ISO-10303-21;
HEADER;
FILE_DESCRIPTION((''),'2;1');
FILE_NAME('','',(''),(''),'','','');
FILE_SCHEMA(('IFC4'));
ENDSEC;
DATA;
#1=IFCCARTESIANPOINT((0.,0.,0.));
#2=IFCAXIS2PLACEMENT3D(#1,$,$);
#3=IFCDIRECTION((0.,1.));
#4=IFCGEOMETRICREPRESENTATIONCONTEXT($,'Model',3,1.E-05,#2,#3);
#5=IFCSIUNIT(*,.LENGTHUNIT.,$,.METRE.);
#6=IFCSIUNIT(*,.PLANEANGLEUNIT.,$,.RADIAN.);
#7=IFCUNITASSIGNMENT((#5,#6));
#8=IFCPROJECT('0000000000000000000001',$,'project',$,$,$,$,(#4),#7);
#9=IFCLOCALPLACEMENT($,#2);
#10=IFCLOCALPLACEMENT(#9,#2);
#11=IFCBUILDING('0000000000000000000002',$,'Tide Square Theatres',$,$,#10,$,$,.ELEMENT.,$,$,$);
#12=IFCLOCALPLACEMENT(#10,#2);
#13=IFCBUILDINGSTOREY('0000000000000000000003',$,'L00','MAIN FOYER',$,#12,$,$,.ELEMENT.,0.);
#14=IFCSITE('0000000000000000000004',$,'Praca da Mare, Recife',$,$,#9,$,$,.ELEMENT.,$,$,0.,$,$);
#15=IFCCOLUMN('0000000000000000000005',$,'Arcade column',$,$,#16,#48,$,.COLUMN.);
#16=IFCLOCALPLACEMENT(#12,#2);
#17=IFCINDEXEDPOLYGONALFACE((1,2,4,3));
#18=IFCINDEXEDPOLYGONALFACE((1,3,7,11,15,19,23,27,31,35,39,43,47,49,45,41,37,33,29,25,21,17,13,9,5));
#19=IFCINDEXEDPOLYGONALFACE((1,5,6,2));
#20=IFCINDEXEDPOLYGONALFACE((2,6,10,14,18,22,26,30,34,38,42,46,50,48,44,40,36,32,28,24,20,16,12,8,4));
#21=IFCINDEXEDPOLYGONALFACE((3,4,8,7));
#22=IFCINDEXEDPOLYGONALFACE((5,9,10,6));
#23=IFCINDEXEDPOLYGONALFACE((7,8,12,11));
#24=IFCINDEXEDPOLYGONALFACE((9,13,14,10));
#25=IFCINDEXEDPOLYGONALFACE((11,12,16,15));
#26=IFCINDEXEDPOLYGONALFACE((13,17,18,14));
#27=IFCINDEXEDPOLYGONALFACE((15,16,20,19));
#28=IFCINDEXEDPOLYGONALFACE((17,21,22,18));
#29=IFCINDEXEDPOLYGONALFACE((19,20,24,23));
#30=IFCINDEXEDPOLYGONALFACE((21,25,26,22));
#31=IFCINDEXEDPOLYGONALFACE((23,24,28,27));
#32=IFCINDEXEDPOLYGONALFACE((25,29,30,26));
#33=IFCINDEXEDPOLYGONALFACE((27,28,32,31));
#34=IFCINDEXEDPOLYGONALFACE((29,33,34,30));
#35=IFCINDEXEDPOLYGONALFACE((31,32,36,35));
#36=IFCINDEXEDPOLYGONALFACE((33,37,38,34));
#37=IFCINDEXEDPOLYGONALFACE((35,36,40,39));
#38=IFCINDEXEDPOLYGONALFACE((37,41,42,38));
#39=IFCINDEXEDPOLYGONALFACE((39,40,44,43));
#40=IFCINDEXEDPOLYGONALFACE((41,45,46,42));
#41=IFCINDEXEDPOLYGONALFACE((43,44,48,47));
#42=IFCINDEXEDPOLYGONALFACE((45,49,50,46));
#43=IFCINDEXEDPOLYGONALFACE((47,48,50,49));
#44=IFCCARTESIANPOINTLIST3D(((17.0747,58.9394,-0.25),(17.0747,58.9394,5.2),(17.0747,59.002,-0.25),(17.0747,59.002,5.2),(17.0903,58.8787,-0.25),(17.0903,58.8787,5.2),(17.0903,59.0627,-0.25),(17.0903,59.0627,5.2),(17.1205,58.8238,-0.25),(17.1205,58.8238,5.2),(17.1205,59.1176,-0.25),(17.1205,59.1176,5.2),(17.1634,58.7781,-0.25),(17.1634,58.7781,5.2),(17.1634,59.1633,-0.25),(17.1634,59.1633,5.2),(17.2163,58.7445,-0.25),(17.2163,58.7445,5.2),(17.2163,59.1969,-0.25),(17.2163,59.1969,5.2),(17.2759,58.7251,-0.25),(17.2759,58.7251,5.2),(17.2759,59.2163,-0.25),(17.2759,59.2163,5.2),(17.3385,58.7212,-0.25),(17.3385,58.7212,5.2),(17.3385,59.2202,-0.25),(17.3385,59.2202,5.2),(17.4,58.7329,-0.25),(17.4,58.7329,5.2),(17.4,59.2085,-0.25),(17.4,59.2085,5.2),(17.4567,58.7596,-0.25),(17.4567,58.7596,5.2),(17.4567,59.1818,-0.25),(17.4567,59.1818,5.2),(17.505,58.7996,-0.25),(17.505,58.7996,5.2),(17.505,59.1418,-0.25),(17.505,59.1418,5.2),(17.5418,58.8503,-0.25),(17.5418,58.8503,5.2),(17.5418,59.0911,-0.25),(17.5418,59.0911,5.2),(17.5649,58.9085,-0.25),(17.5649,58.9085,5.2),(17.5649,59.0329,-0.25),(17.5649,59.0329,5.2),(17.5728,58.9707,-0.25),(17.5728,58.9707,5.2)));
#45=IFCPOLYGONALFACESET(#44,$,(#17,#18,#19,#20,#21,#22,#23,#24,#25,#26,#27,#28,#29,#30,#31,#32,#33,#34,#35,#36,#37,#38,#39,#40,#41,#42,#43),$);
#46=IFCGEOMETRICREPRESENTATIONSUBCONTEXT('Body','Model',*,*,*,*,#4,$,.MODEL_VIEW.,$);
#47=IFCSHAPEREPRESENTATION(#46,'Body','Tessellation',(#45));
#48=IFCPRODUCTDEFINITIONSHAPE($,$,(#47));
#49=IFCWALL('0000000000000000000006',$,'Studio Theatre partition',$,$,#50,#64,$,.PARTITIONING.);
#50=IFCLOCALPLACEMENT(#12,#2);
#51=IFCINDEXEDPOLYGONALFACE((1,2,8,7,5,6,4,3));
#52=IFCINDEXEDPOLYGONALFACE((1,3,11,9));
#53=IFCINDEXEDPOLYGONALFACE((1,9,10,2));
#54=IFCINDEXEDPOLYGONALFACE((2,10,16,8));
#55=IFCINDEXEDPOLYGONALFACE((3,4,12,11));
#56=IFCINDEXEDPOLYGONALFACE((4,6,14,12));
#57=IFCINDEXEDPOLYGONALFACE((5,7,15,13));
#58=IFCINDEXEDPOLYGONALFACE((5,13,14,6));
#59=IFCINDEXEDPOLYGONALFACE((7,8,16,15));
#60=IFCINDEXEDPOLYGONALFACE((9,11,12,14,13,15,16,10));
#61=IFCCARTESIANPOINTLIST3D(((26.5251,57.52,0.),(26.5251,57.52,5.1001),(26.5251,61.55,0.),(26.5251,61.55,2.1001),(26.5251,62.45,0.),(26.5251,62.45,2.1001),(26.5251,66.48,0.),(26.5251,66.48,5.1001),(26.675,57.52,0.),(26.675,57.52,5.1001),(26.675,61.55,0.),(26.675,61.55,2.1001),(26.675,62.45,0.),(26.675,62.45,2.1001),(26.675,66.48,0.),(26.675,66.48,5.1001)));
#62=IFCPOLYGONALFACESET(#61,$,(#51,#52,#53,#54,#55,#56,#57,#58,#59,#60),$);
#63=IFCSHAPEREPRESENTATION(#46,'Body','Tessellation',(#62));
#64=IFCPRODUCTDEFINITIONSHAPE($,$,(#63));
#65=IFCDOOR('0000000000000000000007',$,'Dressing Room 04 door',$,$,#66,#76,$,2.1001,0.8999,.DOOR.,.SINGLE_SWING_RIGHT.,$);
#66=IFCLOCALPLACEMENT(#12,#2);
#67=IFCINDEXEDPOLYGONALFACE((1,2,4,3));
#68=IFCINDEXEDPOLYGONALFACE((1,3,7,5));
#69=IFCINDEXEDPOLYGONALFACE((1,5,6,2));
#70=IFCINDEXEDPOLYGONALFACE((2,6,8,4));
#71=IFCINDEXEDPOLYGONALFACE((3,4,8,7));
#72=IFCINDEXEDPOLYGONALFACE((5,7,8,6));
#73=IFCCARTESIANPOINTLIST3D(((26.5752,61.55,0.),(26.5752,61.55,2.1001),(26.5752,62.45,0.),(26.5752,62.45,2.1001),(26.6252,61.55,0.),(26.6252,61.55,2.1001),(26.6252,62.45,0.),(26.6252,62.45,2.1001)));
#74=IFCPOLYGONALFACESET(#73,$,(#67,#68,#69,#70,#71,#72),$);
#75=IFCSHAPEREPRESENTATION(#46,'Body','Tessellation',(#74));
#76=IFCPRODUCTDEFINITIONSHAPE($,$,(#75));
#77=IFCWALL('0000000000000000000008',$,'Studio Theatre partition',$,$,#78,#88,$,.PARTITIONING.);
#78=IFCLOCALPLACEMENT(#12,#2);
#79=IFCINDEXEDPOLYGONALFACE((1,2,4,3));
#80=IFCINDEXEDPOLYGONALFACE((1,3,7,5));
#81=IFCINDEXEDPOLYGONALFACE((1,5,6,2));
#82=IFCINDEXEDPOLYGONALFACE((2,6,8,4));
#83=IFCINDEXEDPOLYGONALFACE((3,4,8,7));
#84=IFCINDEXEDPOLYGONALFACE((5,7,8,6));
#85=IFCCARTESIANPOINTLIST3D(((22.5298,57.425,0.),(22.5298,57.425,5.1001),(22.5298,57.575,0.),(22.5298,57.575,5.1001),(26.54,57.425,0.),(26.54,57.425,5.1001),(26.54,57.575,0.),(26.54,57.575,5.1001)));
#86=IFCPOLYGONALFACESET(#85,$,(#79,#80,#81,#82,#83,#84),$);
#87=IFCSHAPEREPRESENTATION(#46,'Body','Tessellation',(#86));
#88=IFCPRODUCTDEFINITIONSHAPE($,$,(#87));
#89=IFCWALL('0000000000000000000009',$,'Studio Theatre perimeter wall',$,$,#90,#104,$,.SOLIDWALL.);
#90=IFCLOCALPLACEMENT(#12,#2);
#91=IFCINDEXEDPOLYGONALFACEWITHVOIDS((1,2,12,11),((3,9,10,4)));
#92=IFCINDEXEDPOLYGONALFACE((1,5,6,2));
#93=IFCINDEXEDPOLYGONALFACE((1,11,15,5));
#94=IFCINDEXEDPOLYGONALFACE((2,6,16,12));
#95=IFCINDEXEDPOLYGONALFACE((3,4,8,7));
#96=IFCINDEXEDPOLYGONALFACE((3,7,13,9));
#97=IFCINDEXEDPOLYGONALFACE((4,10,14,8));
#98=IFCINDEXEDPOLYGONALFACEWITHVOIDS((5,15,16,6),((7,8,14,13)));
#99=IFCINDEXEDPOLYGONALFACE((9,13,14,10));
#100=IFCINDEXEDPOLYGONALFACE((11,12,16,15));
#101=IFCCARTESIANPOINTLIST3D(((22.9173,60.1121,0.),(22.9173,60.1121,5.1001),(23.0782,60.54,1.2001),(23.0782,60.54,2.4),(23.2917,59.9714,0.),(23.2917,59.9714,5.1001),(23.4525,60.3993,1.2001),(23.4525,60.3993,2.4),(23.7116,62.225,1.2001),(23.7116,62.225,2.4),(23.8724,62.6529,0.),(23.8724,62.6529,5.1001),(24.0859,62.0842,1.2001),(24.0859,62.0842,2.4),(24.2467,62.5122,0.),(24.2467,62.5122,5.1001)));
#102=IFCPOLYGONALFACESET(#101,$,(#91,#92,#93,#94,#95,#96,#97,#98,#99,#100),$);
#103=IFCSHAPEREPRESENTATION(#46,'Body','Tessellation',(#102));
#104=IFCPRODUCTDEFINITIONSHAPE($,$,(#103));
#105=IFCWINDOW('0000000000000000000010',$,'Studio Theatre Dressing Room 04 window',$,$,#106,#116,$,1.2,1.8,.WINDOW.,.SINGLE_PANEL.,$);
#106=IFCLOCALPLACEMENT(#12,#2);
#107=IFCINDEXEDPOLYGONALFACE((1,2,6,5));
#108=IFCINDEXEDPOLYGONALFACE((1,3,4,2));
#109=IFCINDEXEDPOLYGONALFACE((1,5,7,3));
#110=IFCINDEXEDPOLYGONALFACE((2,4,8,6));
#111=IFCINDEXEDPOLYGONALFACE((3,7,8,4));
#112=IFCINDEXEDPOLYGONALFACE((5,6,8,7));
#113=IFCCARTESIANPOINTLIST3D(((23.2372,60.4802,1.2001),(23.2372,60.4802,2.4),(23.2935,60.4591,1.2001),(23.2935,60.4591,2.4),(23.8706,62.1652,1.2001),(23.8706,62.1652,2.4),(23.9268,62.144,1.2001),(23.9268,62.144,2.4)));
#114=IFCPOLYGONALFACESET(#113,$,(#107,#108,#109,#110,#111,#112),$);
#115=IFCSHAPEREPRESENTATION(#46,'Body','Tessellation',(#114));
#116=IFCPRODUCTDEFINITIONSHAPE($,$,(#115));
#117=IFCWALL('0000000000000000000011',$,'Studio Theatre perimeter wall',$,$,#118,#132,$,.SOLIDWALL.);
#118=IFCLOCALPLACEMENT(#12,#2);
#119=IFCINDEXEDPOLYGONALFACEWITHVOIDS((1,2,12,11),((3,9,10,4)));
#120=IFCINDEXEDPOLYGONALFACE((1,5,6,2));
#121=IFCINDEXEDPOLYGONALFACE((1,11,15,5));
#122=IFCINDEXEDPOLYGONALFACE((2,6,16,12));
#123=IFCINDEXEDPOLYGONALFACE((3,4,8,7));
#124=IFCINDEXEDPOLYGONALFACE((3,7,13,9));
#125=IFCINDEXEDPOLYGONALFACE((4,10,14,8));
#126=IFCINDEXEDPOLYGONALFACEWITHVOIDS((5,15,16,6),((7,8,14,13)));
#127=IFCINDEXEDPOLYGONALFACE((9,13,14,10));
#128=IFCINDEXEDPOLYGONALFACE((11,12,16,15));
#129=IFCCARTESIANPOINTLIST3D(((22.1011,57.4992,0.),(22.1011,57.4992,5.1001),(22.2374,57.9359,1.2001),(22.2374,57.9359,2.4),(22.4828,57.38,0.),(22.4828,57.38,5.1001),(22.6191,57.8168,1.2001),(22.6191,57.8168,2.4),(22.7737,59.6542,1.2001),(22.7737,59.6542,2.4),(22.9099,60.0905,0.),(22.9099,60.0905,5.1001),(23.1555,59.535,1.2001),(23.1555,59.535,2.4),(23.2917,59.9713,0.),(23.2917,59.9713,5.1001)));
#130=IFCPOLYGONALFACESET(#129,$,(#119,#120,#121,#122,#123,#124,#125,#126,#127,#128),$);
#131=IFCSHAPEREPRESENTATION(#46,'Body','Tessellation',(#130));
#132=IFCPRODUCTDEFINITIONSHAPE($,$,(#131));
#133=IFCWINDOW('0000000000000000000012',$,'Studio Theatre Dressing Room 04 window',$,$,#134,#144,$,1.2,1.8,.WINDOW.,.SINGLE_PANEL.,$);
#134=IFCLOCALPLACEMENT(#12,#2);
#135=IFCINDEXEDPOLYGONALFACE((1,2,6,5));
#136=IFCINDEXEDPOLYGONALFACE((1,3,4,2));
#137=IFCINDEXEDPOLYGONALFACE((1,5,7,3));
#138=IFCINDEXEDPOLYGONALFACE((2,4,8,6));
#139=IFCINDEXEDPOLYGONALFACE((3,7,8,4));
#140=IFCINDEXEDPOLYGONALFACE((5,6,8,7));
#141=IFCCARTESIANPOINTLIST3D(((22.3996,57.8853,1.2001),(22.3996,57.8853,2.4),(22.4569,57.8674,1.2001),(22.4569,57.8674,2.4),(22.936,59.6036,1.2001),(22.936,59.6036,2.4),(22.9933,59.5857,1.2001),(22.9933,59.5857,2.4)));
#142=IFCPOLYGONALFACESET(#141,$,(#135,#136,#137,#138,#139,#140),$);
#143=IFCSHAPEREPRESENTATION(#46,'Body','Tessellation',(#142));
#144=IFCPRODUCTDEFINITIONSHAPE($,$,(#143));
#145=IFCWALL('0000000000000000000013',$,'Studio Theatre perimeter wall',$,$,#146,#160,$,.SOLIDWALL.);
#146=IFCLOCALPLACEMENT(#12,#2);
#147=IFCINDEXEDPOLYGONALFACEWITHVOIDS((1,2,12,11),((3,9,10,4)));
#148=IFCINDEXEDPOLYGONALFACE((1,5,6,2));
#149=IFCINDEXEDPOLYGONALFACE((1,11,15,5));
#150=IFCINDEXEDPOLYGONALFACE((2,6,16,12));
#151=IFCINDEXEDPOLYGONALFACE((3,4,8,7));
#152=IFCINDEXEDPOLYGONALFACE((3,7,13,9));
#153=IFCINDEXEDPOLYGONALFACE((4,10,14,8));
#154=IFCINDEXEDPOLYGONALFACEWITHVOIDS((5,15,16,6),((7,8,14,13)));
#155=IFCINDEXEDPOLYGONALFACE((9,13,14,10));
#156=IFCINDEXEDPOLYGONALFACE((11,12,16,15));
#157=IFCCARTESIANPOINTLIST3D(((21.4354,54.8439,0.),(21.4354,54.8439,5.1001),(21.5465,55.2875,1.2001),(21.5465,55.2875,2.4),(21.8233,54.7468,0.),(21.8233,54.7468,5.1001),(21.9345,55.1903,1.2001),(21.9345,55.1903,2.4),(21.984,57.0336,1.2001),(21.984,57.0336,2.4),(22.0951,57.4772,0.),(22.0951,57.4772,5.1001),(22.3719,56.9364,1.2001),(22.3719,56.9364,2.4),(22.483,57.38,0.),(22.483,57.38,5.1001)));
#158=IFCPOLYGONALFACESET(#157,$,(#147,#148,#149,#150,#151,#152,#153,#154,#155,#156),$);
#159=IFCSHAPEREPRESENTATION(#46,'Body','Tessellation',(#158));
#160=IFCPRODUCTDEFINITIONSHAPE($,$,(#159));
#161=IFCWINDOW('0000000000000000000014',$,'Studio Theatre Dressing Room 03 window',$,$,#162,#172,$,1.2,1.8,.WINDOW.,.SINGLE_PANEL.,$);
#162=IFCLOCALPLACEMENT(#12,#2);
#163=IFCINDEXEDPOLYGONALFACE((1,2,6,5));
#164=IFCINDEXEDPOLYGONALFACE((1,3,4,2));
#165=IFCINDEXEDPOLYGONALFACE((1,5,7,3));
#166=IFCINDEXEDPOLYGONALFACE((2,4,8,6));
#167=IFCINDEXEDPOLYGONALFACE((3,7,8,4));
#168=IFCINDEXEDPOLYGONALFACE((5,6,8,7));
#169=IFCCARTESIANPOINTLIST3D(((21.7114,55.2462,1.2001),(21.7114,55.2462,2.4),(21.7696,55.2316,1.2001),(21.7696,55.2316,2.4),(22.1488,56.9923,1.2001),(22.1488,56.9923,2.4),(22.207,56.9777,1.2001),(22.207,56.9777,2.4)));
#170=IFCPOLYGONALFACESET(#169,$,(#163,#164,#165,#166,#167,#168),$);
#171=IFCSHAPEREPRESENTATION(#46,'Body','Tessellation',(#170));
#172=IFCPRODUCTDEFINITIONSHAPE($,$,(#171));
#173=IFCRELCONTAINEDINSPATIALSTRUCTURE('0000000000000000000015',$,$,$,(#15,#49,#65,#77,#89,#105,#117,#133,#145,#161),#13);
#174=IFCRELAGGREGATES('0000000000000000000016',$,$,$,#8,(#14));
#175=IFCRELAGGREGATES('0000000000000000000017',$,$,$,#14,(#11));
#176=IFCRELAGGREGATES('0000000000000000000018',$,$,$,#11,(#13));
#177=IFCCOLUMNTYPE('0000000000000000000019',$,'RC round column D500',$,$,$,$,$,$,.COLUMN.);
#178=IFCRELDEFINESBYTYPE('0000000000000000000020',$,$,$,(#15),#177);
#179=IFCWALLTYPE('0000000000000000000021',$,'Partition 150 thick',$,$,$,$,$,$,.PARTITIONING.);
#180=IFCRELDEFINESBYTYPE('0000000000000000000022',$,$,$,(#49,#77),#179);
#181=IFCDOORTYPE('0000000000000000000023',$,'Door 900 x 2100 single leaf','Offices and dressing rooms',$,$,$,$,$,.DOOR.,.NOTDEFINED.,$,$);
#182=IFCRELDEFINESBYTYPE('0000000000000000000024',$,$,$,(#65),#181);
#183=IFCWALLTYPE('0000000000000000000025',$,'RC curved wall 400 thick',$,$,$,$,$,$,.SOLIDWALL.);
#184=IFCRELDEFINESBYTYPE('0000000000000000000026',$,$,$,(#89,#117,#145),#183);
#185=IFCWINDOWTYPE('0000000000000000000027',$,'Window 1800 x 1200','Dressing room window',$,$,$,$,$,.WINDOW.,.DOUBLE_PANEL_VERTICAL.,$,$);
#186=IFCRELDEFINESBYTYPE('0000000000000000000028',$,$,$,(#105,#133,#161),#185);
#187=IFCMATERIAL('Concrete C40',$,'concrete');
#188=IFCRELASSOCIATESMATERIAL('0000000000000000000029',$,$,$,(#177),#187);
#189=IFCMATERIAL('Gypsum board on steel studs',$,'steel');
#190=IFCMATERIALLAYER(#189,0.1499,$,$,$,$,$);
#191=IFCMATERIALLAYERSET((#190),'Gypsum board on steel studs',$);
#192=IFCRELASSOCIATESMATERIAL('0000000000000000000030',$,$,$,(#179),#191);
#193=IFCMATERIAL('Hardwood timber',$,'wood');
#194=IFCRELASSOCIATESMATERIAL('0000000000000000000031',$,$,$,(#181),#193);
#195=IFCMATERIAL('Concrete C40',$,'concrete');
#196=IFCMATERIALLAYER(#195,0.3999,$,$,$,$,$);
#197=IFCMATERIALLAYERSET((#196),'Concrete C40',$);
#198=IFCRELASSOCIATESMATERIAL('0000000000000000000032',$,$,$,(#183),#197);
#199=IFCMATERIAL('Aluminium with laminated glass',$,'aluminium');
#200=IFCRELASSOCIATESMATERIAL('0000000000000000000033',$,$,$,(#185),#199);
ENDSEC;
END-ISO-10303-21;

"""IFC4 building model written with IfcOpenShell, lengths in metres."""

from ifc_helpers import new_model, si_unit, direction, frame, frame_2d, origin, origin_2d, place, context, subcontext, project, spatial, rectangle, circle, extrude, material, layer, layer_set, material_profile, profile_set, type_object, element, fill, save


model = new_model("IFC4")

# Units and contexts
model_context = context("Model", 3, precision=1e-05, world=origin(), true_north=direction((0.0, 1.0)))
body_context = subcontext(model_context, "Body", "Model", "MODEL_VIEW")
ifc_project = project(units=[si_unit("LENGTHUNIT", "METRE"), si_unit("PLANEANGLEUNIT", "RADIAN")], contexts=[model_context])

# Site, building, storey
site_placement = place(None, origin())
site = spatial("IfcSite", under=ifc_project, at=site_placement, Name="Praca da Mare, Recife", CompositionType="ELEMENT", RefElevation=0.0)
building_placement = place(site_placement, origin())
building = spatial("IfcBuilding", under=site, at=building_placement, Name="Tide Square Theatres", CompositionType="ELEMENT")
storey_placement = place(building_placement, origin())
storey = spatial("IfcBuildingStorey", under=building, at=storey_placement, Name="L00", Description="MAIN FOYER", CompositionType="ELEMENT", Elevation=0.0)

# Column
ifc_material_1 = material(Name="Concrete C40", Category="concrete")
ifc_material_profile_1 = material_profile(ifc_material_1, circle(Radius=0.25, at=origin_2d()))
ifc_profile_set_1 = profile_set([ifc_material_profile_1], Name="Concrete C40")
column_type_1 = type_object("IfcColumnType", Name="RC round column D500", PredefinedType="COLUMN", material=ifc_profile_set_1)
column_1_placement = place(storey_placement, frame((17.3228, 58.9707, -0.25), z_axis=(0.0, 0.0, 1.0), x_axis=(1.0, 0.0, 0.0)))
element("IfcColumn", 1, at=column_1_placement, inside=storey, type_object=column_type_1, Name="Arcade column", PredefinedType="COLUMN", context=body_context, shape_type="SweptSolid", body=[
    extrude(circle(Radius=0.25, at=origin_2d()), origin(), (0.0, 0.0, 1.0), 5.45),
])

# Wall, opening, door
ifc_material_2 = material(Name="Gypsum board on steel studs", Category="steel")
ifc_layer_1 = layer(ifc_material_2, 0.1499)
ifc_layer_set_1 = layer_set([ifc_layer_1], Name="Gypsum board on steel studs")
wall_type_1 = type_object("IfcWallType", Name="Partition 150 thick", PredefinedType="PARTITIONING", material=ifc_layer_set_1)
wall_1_placement = place(storey_placement, frame((26.6001, 57.52, 0.0), z_axis=(0.0, 0.0, 1.0), x_axis=(0.0, 1.0, 0.0)))
wall_1 = element("IfcWall", 2, at=wall_1_placement, inside=storey, type_object=wall_type_1, Name="Studio Theatre partition", PredefinedType="PARTITIONING", context=body_context, shape_type="SweptSolid", body=[
    extrude(rectangle(XDim=8.96, YDim=0.1499, at=frame_2d((4.48, 0.0))), origin(), (0.0, 0.0, 1.0), 5.1001),
])
opening_1_placement = place(wall_1_placement, frame((4.03, 0.0, 0.0)))
opening_1 = element("IfcOpeningElement", 3, at=opening_1_placement, cuts=wall_1, PredefinedType="OPENING", context=body_context, shape_type="SweptSolid", body=[
    extrude(rectangle(XDim=0.8999, YDim=2.1001, at=frame_2d((0.45, 1.05))), frame((0.0, 0.085, 0.0), z_axis=(0.0, -1.0, 0.0), x_axis=(1.0, 0.0, 0.0)), (0.0, 0.0, 1.0), 0.1699),
])
ifc_material_3 = material(Name="Hardwood timber", Category="wood")
door_type = type_object("IfcDoorType", Name="Door 900 x 2100 single leaf", Description="Offices and dressing rooms", OperationType="NOTDEFINED", PredefinedType="DOOR", material=ifc_material_3)
door_placement = place(opening_1_placement, origin())
door = element("IfcDoor", 4, at=door_placement, inside=storey, type_object=door_type, Name="Dressing Room 04 door", OperationType="SINGLE_SWING_RIGHT", OverallHeight=2.1001, OverallWidth=0.8999, PredefinedType="DOOR", context=body_context, shape_type="SweptSolid", body=[
    extrude(rectangle(XDim=0.8999, YDim=2.1001, at=frame_2d((0.45, 1.05))), frame((0.0, 0.0249, 0.0), z_axis=(0.0, -1.0, 0.0), x_axis=(1.0, 0.0, 0.0)), (0.0, 0.0, 1.0), 0.05),
])
fill(opening_1, door)

# Wall
wall_2_placement = place(storey_placement, frame((22.5298, 57.5, 0.0), z_axis=(0.0, 0.0, 1.0), x_axis=(1.0, 0.0, 0.0)))
element("IfcWall", 5, at=wall_2_placement, inside=storey, type_object=wall_type_1, Name="Studio Theatre partition", PredefinedType="PARTITIONING", context=body_context, shape_type="SweptSolid", body=[
    extrude(rectangle(XDim=4.0103, YDim=0.1499, at=frame_2d((2.0051, 0.0))), origin(), (0.0, 0.0, 1.0), 5.1001),
])

# Walls, openings, windows
ifc_material_4 = material(Name="Concrete C40", Category="concrete")
ifc_layer_2 = layer(ifc_material_4, 0.3999)
ifc_layer_set_2 = layer_set([ifc_layer_2], Name="Concrete C40")
wall_type_2 = type_object("IfcWallType", Name="RC curved wall 400 thick", PredefinedType="SOLIDWALL", material=ifc_layer_set_2)
wall_3_placement = place(storey_placement, frame((24.0596, 62.5825, 0.0), z_axis=(0.0, 0.0, 1.0), x_axis=(-0.351863, -0.936052, 0.0)))
wall_3 = element("IfcWall", 6, at=wall_3_placement, inside=storey, type_object=wall_type_2, Name="Studio Theatre perimeter wall", PredefinedType="SOLIDWALL", context=body_context, shape_type="SweptSolid", body=[
    extrude(rectangle(XDim=2.7144, YDim=0.3999, at=frame_2d((1.3572, 0.0))), origin(), (0.0, 0.0, 1.0), 5.1001),
])
opening_2_placement = place(wall_3_placement, frame((0.4573, 0.0, 1.2)))
opening_2 = element("IfcOpeningElement", 7, at=opening_2_placement, cuts=wall_3, PredefinedType="OPENING", context=body_context, shape_type="SweptSolid", body=[
    extrude(rectangle(XDim=1.8, YDim=1.2, at=frame_2d((0.8999, 0.6001))), frame((0.0, 0.21, 0.0), z_axis=(0.0, -1.0, 0.0), x_axis=(1.0, 0.0, 0.0)), (0.0, 0.0, 1.0), 0.4199),
])
ifc_material_5 = material(Name="Aluminium with laminated glass", Category="aluminium")
window_type = type_object("IfcWindowType", Name="Window 1800 x 1200", Description="Dressing room window", PartitioningType="DOUBLE_PANEL_VERTICAL", PredefinedType="WINDOW", material=ifc_material_5)
window_1_placement = place(opening_2_placement, origin())
window_1 = element("IfcWindow", 8, at=window_1_placement, inside=storey, type_object=window_type, Name="Studio Theatre Dressing Room 04 window", OverallHeight=1.2, OverallWidth=1.8, PartitioningType="SINGLE_PANEL", PredefinedType="WINDOW", context=body_context, shape_type="SweptSolid", body=[
    extrude(rectangle(XDim=1.8, YDim=1.2, at=frame_2d((0.8999, 0.6001))), frame((0.0, 0.03, 0.0), z_axis=(0.0, -1.0, 0.0), x_axis=(1.0, 0.0, 0.0)), (0.0, 0.0, 1.0), 0.0601),
])
fill(opening_2, window_1)
wall_4_placement = place(storey_placement, frame((23.1008, 60.031, 0.0), z_axis=(0.0, 0.0, 1.0), x_axis=(-0.297957, -0.954579, 0.0)))
wall_4 = element("IfcWall", 9, at=wall_4_placement, inside=storey, type_object=wall_type_2, Name="Studio Theatre perimeter wall", PredefinedType="SOLIDWALL", context=body_context, shape_type="SweptSolid", body=[
    extrude(rectangle(XDim=2.7146, YDim=0.3999, at=frame_2d((1.3574, 0.0))), origin(), (0.0, 0.0, 1.0), 5.1001),
])
opening_3_placement = place(wall_4_placement, frame((0.4573, 0.0, 1.2)))
opening_3 = element("IfcOpeningElement", 10, at=opening_3_placement, cuts=wall_4, PredefinedType="OPENING", context=body_context, shape_type="SweptSolid", body=[
    extrude(rectangle(XDim=1.8, YDim=1.2, at=frame_2d((0.8999, 0.6001))), frame((0.0, 0.21, 0.0), z_axis=(0.0, -1.0, 0.0), x_axis=(1.0, 0.0, 0.0)), (0.0, 0.0, 1.0), 0.4199),
])
window_2_placement = place(opening_3_placement, origin())
window_2 = element("IfcWindow", 11, at=window_2_placement, inside=storey, type_object=window_type, Name="Studio Theatre Dressing Room 04 window", OverallHeight=1.2, OverallWidth=1.8, PartitioningType="SINGLE_PANEL", PredefinedType="WINDOW", context=body_context, shape_type="SweptSolid", body=[
    extrude(rectangle(XDim=1.8, YDim=1.2, at=frame_2d((0.8999, 0.6001))), frame((0.0, 0.03, 0.0), z_axis=(0.0, -1.0, 0.0), x_axis=(1.0, 0.0, 0.0)), (0.0, 0.0, 1.0), 0.0601),
])
fill(opening_3, window_2)
wall_5_placement = place(storey_placement, frame((22.2891, 57.4287, 0.0), z_axis=(0.0, 0.0, 1.0), x_axis=(-0.243001, -0.970026, 0.0)))
wall_5 = element("IfcWall", 12, at=wall_5_placement, inside=storey, type_object=wall_type_2, Name="Studio Theatre perimeter wall", PredefinedType="SOLIDWALL", context=body_context, shape_type="SweptSolid", body=[
    extrude(rectangle(XDim=2.7146, YDim=0.3999, at=frame_2d((1.3574, 0.0))), origin(), (0.0, 0.0, 1.0), 5.1001),
])
opening_4_placement = place(wall_5_placement, frame((0.4575, 0.0, 1.2)))
opening_4 = element("IfcOpeningElement", 13, at=opening_4_placement, cuts=wall_5, PredefinedType="OPENING", context=body_context, shape_type="SweptSolid", body=[
    extrude(rectangle(XDim=1.8, YDim=1.2, at=frame_2d((0.8999, 0.6001))), frame((0.0, 0.21, 0.0), z_axis=(0.0, -1.0, 0.0), x_axis=(1.0, 0.0, 0.0)), (0.0, 0.0, 1.0), 0.4199),
])
window_3_placement = place(opening_4_placement, origin())
window_3 = element("IfcWindow", 14, at=window_3_placement, inside=storey, type_object=window_type, Name="Studio Theatre Dressing Room 03 window", OverallHeight=1.2, OverallWidth=1.8, PartitioningType="SINGLE_PANEL", PredefinedType="WINDOW", context=body_context, shape_type="SweptSolid", body=[
    extrude(rectangle(XDim=1.8, YDim=1.2, at=frame_2d((0.8999, 0.6001))), frame((0.0, 0.03, 0.0), z_axis=(0.0, -1.0, 0.0), x_axis=(1.0, 0.0, 0.0)), (0.0, 0.0, 1.0), 0.0601),
])
fill(opening_4, window_3)

save(model, "model.ifc")
